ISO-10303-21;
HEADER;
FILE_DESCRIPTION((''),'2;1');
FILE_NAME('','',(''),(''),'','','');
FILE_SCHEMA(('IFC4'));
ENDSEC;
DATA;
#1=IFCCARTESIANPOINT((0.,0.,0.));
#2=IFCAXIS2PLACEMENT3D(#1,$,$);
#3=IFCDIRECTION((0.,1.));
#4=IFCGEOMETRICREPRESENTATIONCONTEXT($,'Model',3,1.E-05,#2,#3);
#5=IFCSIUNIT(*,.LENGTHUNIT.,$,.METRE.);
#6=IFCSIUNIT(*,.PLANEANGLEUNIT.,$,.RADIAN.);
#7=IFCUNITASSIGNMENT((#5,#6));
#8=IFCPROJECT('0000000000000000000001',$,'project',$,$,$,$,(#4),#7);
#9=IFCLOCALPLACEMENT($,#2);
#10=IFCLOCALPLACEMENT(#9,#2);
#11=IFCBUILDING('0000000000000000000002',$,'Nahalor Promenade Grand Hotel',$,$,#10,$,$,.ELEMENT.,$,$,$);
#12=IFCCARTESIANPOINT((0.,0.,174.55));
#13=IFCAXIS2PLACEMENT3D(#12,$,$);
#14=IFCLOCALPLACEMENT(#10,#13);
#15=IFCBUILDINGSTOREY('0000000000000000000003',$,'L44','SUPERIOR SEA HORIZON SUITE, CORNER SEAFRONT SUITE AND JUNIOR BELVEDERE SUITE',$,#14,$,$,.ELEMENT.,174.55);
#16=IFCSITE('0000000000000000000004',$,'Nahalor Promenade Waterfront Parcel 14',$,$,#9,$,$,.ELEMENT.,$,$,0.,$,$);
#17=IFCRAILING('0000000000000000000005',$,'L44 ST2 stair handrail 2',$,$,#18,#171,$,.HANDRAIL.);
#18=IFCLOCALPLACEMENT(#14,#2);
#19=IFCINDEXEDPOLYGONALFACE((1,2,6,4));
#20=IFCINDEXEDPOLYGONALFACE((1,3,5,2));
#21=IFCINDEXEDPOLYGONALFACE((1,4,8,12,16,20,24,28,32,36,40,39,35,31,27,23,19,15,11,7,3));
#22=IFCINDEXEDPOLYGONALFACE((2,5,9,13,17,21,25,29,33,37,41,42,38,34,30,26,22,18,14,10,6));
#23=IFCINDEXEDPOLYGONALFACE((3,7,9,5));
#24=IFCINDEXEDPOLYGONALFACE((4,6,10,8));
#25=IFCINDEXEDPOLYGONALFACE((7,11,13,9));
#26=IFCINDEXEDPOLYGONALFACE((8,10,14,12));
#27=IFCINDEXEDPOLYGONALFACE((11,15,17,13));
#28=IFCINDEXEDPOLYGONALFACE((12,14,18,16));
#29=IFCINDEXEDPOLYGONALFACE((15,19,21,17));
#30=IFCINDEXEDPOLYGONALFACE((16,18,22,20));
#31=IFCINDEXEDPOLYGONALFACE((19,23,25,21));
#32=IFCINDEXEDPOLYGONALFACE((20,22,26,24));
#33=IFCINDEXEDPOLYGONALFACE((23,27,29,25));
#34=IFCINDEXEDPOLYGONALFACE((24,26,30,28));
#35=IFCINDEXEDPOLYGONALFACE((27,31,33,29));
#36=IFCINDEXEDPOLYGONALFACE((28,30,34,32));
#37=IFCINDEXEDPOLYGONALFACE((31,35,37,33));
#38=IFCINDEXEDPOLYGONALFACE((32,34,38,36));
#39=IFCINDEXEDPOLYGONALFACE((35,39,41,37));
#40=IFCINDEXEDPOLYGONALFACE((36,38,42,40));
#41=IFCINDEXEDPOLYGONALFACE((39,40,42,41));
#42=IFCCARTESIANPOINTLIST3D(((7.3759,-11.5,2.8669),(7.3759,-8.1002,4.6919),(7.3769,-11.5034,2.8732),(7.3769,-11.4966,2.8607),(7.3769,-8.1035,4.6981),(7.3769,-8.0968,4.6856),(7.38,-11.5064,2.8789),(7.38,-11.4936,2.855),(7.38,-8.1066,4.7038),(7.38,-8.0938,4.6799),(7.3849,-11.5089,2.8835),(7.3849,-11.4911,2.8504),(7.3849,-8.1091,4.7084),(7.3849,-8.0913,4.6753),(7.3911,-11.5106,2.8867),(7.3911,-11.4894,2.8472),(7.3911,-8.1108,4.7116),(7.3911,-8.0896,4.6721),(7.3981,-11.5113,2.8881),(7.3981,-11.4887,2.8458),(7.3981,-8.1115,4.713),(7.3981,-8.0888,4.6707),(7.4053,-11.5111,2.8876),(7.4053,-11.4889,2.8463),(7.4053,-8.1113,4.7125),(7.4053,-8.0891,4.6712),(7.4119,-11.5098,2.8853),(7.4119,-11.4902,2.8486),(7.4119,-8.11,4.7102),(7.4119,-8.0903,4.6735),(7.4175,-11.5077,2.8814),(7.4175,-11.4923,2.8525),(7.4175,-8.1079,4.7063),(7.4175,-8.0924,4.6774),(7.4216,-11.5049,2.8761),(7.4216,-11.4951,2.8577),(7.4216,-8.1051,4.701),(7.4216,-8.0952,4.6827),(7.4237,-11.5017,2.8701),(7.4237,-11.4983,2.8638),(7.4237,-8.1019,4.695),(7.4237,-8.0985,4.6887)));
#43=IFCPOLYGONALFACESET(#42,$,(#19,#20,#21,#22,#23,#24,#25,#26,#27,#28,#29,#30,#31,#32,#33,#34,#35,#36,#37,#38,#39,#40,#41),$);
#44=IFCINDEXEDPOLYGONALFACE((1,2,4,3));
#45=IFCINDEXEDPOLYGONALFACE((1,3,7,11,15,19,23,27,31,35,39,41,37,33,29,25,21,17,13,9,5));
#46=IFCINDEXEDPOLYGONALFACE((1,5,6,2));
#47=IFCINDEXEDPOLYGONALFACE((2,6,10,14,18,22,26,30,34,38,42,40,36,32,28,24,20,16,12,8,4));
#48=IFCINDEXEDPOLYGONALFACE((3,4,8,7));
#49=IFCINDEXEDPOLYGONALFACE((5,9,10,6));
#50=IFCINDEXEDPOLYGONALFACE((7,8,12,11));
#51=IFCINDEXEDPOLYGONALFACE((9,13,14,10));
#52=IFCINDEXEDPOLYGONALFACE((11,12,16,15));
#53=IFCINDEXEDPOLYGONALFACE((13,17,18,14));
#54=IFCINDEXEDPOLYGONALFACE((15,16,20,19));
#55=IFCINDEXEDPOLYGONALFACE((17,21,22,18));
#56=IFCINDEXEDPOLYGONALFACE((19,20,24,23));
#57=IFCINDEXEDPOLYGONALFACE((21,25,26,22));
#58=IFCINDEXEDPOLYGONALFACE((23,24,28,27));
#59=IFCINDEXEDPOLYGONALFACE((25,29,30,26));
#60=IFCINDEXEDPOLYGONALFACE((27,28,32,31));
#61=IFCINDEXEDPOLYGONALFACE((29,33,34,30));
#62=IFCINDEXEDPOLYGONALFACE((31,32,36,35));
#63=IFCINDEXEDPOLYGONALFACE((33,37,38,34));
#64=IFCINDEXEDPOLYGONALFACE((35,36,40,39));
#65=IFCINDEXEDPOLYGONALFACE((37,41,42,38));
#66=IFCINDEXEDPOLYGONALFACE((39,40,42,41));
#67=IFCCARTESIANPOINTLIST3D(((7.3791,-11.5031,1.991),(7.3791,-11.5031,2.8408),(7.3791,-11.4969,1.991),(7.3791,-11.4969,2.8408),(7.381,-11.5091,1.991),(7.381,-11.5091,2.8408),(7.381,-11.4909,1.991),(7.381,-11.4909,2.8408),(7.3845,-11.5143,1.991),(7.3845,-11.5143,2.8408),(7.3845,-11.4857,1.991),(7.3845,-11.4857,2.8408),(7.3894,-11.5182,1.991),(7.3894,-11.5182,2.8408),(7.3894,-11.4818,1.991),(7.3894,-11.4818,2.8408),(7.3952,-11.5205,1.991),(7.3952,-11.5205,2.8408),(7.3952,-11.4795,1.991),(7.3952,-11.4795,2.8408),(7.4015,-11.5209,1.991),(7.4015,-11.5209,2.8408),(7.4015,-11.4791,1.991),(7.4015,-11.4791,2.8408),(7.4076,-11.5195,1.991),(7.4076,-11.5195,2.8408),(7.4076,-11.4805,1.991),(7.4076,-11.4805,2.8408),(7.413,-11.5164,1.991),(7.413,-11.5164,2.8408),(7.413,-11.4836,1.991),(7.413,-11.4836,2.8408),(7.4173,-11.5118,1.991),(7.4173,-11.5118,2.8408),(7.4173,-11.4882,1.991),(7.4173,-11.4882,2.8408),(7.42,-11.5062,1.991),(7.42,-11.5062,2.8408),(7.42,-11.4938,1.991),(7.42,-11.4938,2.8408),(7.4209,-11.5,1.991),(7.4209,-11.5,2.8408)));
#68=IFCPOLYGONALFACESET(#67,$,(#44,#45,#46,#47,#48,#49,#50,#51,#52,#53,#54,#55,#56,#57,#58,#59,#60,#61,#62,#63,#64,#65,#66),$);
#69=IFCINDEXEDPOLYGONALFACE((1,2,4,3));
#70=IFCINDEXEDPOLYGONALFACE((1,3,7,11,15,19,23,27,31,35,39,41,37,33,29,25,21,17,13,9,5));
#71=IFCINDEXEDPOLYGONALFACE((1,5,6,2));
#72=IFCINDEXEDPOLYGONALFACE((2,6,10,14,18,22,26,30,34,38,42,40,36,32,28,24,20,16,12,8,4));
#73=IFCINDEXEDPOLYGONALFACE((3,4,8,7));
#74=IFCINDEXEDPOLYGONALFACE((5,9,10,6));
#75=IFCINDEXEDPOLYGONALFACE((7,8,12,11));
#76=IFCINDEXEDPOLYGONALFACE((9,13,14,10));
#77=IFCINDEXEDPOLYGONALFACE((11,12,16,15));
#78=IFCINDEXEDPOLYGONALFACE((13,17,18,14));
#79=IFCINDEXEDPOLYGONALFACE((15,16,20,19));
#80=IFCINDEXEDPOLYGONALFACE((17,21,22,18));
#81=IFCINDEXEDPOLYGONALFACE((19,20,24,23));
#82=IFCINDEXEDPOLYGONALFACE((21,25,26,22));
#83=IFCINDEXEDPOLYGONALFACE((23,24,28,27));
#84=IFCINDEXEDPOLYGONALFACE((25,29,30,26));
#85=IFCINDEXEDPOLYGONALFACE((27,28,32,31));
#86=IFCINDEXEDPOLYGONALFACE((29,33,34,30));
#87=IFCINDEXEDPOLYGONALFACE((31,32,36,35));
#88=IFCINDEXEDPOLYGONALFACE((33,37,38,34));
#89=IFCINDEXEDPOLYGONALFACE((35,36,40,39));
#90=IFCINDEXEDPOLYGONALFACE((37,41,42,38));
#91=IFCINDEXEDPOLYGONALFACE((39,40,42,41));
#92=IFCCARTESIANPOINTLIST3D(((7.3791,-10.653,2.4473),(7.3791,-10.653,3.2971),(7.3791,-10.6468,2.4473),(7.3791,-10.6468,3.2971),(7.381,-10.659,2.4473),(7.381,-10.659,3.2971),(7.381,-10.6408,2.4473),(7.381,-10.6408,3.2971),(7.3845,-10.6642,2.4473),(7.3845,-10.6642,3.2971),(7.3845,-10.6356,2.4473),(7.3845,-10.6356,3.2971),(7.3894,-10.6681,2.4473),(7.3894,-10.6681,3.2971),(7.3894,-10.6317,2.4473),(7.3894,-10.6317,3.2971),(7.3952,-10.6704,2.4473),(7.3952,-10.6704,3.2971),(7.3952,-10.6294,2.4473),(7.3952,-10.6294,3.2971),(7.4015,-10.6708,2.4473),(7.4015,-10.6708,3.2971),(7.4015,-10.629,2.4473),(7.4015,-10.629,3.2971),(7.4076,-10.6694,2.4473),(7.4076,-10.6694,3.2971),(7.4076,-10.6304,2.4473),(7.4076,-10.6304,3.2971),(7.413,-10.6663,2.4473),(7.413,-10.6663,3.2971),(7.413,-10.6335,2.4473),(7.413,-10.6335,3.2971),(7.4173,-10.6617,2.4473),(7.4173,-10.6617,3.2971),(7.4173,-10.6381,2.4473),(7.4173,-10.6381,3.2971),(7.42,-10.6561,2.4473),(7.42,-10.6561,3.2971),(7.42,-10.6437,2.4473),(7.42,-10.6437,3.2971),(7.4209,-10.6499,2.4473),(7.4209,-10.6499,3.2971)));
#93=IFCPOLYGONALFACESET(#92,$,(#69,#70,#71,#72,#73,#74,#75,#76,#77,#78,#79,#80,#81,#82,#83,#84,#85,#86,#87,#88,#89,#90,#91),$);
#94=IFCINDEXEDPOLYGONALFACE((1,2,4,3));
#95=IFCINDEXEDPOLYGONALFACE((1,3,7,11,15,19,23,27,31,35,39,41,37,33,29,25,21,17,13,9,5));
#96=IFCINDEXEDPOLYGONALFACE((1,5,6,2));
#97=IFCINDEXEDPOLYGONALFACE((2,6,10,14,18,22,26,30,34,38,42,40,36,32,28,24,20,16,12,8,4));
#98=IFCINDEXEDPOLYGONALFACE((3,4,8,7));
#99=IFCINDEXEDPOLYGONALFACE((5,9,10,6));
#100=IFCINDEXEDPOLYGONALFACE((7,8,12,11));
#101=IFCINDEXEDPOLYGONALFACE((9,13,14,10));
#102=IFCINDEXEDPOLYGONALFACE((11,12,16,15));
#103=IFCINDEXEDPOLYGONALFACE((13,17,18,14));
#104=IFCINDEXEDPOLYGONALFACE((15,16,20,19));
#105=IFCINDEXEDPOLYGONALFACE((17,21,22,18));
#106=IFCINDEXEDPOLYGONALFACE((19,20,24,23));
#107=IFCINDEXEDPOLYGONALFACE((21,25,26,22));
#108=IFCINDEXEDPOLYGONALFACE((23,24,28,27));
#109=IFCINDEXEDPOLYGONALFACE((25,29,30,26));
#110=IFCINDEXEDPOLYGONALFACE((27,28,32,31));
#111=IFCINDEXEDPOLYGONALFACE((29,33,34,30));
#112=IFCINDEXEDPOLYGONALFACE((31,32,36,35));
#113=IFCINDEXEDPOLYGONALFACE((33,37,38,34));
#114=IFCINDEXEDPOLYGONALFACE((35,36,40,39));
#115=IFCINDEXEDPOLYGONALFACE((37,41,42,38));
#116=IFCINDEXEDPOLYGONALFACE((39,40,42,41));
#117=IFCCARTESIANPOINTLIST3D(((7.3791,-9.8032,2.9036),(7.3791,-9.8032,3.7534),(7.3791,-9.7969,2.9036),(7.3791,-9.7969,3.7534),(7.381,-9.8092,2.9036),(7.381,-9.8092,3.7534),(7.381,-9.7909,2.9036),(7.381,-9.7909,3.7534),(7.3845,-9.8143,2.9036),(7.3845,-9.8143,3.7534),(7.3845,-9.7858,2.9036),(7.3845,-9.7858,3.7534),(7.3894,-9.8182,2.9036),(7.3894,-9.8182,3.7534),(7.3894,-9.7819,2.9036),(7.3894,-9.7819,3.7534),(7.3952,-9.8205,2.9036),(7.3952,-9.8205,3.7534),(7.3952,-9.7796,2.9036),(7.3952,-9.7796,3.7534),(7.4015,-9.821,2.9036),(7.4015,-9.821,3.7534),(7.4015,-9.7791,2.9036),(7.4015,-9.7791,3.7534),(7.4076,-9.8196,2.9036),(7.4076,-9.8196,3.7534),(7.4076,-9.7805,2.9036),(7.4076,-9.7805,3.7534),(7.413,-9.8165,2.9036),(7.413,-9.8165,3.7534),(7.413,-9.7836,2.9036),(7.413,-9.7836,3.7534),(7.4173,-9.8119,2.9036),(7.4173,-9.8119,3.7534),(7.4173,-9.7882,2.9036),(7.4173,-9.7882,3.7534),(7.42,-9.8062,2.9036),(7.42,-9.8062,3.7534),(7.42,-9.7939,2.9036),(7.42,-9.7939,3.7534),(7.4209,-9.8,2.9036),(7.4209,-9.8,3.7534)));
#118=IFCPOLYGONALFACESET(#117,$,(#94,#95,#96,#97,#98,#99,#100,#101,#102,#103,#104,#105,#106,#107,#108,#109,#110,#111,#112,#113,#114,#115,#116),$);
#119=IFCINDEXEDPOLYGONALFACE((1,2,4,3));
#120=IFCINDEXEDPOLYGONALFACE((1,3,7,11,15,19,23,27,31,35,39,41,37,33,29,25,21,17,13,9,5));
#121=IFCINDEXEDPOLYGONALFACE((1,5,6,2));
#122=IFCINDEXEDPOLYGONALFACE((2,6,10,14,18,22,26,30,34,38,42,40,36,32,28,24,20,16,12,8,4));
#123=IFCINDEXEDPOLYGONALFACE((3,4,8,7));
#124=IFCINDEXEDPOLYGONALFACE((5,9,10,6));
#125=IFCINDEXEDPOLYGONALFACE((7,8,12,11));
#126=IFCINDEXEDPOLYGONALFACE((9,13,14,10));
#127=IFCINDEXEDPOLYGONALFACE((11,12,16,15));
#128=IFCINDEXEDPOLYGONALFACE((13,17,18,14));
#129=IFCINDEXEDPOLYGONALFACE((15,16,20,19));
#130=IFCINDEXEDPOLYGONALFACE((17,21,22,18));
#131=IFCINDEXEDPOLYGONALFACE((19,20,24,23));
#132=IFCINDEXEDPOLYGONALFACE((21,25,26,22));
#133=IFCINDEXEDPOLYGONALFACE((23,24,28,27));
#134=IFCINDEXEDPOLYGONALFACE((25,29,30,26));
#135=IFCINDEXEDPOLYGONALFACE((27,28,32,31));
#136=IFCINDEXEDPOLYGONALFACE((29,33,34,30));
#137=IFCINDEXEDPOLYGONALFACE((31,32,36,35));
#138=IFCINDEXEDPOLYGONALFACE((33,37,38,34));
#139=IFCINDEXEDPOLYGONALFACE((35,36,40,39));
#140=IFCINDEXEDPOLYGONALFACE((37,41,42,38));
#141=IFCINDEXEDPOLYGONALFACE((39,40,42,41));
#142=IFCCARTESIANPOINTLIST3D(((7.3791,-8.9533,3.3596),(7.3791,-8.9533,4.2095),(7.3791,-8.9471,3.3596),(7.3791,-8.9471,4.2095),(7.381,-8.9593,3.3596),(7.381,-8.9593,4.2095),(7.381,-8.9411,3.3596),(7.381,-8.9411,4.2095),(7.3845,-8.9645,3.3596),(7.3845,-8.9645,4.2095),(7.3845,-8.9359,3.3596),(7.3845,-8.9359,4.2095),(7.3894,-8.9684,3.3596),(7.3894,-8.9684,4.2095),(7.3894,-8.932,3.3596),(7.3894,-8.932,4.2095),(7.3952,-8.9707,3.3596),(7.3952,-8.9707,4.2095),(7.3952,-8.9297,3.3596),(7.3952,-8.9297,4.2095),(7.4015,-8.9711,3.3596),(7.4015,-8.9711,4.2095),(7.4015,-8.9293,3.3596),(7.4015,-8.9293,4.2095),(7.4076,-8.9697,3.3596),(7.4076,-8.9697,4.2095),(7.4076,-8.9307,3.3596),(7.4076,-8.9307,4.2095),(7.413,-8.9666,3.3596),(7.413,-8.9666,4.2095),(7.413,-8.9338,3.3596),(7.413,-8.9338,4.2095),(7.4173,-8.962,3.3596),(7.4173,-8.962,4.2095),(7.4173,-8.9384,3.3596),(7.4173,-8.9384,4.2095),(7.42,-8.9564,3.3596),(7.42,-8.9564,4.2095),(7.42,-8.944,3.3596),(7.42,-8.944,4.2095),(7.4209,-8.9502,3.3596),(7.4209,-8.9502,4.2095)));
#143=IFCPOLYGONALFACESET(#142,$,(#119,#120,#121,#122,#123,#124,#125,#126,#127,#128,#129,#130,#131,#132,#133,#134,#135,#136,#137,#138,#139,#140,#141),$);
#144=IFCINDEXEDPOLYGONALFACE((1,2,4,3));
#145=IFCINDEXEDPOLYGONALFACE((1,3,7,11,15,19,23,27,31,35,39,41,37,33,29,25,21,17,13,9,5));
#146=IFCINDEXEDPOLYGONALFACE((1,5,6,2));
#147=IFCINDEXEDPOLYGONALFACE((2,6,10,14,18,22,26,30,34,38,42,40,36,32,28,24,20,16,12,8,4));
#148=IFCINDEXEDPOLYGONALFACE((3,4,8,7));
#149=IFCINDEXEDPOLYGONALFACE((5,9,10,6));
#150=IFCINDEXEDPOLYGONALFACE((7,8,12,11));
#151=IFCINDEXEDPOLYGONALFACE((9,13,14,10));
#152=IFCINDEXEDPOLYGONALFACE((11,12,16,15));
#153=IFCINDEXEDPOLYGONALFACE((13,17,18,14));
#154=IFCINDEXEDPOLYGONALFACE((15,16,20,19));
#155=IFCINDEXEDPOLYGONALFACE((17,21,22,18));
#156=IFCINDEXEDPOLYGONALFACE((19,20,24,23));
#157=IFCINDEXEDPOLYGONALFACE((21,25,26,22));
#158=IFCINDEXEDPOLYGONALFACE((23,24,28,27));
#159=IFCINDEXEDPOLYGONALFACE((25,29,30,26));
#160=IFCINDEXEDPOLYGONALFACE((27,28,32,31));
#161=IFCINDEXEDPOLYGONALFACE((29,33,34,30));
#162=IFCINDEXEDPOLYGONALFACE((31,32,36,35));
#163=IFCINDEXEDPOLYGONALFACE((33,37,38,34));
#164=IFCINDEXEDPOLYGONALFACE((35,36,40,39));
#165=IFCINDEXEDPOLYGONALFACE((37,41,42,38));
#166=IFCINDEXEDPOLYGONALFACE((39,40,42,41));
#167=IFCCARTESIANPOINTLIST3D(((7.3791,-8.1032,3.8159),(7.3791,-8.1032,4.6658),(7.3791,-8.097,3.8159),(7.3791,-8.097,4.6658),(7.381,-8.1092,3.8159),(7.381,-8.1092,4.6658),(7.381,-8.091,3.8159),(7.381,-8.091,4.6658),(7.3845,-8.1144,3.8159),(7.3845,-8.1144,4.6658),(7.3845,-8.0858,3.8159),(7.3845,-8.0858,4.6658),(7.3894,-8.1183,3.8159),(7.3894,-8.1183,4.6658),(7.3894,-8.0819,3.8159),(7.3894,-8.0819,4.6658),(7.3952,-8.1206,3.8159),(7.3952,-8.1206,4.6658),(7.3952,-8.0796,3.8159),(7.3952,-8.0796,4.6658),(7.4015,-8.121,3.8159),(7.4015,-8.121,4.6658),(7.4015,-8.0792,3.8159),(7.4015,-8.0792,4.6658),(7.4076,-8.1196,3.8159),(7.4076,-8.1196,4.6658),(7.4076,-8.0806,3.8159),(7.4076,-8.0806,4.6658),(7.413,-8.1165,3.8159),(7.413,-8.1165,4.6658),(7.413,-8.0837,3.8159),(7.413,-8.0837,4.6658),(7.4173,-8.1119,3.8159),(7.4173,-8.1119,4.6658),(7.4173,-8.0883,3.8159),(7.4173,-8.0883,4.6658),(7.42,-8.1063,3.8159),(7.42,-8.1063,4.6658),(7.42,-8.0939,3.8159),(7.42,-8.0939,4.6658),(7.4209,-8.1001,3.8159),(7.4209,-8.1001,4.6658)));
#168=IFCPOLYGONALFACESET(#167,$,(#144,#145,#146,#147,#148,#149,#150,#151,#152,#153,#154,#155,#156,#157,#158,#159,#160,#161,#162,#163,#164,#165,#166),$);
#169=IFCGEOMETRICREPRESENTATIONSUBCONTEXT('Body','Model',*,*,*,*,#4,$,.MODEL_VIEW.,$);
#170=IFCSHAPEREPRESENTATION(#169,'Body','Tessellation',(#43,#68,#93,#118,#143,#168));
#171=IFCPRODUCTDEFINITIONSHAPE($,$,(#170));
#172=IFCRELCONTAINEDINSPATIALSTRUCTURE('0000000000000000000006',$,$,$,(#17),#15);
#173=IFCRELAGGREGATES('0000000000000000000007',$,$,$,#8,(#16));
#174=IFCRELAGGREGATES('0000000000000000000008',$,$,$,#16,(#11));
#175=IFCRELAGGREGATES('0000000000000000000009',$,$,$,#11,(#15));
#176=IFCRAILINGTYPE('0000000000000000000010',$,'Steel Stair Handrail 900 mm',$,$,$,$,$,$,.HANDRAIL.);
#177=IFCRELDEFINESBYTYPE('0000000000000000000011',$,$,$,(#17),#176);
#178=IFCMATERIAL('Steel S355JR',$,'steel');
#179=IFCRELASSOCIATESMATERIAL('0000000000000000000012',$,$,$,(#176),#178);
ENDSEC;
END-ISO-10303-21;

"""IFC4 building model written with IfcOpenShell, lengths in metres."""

from ifc_helpers import new_model, si_unit, direction, frame, origin, origin_2d, place, context, subcontext, project, spatial, circle, extrude, material, type_object, element, save


model = new_model("IFC4")

# Units and contexts
model_context = context("Model", 3, precision=1e-05, world=origin(), true_north=direction((0.0, 1.0)))
body_context = subcontext(model_context, "Body", "Model", "MODEL_VIEW")
ifc_project = project(units=[si_unit("LENGTHUNIT", "METRE"), si_unit("PLANEANGLEUNIT", "RADIAN")], contexts=[model_context])

# Site, building, storey
site_placement = place(None, origin())
site = spatial("IfcSite", under=ifc_project, at=site_placement, Name="Nahalor Promenade Waterfront Parcel 14", CompositionType="ELEMENT", RefElevation=0.0)
building_placement = place(site_placement, origin())
building = spatial("IfcBuilding", under=site, at=building_placement, Name="Nahalor Promenade Grand Hotel", CompositionType="ELEMENT")
storey_placement = place(building_placement, frame((0.0, 0.0, 174.55)))
storey = spatial("IfcBuildingStorey", under=building, at=storey_placement, Name="L44", Description="SUPERIOR SEA HORIZON SUITE, CORNER SEAFRONT SUITE AND JUNIOR BELVEDERE SUITE", CompositionType="ELEMENT", Elevation=174.55)

# Shared definitions
ifc_material_1 = material(Name="Steel S355JR", Category="steel")

# Railing
railing_type_1 = type_object("IfcRailingType", Name="Steel Stair Handrail 900 mm", PredefinedType="HANDRAIL", material=ifc_material_1)
railing_1_placement = place(storey_placement, frame((7.3999, -11.5, 1.991)))
element("IfcRailing", 1, at=railing_1_placement, inside=storey, type_object=railing_type_1, Name="L44 ST2 stair handrail 2", PredefinedType="HANDRAIL", context=body_context, shape_type="SweptSolid", body=[
    extrude(circle(Radius=0.024, at=origin_2d()), frame((0.0, 0.0, 0.876), z_axis=(0.0, 0.881094, 0.472941), x_axis=(-1.0, 0.0, 0.0)), (0.0, 0.0, 1.0), 3.8586),
    extrude(circle(Radius=0.021, at=origin_2d()), origin(), (0.0, 0.0, 1.0), 0.8499),
    extrude(circle(Radius=0.021, at=origin_2d()), frame((0.0, 0.8501, 0.4563)), (0.0, 0.0, 1.0), 0.8499),
    extrude(circle(Radius=0.021, at=origin_2d()), frame((0.0, 1.7, 0.9126)), (0.0, 0.0, 1.0), 0.8499),
    extrude(circle(Radius=0.021, at=origin_2d()), frame((0.0, 2.5498, 1.3687)), (0.0, 0.0, 1.0), 0.8499),
    extrude(circle(Radius=0.021, at=origin_2d()), frame((0.0, 3.3999, 1.825)), (0.0, 0.0, 1.0), 0.8499),
])

save(model, "model.ifc")
